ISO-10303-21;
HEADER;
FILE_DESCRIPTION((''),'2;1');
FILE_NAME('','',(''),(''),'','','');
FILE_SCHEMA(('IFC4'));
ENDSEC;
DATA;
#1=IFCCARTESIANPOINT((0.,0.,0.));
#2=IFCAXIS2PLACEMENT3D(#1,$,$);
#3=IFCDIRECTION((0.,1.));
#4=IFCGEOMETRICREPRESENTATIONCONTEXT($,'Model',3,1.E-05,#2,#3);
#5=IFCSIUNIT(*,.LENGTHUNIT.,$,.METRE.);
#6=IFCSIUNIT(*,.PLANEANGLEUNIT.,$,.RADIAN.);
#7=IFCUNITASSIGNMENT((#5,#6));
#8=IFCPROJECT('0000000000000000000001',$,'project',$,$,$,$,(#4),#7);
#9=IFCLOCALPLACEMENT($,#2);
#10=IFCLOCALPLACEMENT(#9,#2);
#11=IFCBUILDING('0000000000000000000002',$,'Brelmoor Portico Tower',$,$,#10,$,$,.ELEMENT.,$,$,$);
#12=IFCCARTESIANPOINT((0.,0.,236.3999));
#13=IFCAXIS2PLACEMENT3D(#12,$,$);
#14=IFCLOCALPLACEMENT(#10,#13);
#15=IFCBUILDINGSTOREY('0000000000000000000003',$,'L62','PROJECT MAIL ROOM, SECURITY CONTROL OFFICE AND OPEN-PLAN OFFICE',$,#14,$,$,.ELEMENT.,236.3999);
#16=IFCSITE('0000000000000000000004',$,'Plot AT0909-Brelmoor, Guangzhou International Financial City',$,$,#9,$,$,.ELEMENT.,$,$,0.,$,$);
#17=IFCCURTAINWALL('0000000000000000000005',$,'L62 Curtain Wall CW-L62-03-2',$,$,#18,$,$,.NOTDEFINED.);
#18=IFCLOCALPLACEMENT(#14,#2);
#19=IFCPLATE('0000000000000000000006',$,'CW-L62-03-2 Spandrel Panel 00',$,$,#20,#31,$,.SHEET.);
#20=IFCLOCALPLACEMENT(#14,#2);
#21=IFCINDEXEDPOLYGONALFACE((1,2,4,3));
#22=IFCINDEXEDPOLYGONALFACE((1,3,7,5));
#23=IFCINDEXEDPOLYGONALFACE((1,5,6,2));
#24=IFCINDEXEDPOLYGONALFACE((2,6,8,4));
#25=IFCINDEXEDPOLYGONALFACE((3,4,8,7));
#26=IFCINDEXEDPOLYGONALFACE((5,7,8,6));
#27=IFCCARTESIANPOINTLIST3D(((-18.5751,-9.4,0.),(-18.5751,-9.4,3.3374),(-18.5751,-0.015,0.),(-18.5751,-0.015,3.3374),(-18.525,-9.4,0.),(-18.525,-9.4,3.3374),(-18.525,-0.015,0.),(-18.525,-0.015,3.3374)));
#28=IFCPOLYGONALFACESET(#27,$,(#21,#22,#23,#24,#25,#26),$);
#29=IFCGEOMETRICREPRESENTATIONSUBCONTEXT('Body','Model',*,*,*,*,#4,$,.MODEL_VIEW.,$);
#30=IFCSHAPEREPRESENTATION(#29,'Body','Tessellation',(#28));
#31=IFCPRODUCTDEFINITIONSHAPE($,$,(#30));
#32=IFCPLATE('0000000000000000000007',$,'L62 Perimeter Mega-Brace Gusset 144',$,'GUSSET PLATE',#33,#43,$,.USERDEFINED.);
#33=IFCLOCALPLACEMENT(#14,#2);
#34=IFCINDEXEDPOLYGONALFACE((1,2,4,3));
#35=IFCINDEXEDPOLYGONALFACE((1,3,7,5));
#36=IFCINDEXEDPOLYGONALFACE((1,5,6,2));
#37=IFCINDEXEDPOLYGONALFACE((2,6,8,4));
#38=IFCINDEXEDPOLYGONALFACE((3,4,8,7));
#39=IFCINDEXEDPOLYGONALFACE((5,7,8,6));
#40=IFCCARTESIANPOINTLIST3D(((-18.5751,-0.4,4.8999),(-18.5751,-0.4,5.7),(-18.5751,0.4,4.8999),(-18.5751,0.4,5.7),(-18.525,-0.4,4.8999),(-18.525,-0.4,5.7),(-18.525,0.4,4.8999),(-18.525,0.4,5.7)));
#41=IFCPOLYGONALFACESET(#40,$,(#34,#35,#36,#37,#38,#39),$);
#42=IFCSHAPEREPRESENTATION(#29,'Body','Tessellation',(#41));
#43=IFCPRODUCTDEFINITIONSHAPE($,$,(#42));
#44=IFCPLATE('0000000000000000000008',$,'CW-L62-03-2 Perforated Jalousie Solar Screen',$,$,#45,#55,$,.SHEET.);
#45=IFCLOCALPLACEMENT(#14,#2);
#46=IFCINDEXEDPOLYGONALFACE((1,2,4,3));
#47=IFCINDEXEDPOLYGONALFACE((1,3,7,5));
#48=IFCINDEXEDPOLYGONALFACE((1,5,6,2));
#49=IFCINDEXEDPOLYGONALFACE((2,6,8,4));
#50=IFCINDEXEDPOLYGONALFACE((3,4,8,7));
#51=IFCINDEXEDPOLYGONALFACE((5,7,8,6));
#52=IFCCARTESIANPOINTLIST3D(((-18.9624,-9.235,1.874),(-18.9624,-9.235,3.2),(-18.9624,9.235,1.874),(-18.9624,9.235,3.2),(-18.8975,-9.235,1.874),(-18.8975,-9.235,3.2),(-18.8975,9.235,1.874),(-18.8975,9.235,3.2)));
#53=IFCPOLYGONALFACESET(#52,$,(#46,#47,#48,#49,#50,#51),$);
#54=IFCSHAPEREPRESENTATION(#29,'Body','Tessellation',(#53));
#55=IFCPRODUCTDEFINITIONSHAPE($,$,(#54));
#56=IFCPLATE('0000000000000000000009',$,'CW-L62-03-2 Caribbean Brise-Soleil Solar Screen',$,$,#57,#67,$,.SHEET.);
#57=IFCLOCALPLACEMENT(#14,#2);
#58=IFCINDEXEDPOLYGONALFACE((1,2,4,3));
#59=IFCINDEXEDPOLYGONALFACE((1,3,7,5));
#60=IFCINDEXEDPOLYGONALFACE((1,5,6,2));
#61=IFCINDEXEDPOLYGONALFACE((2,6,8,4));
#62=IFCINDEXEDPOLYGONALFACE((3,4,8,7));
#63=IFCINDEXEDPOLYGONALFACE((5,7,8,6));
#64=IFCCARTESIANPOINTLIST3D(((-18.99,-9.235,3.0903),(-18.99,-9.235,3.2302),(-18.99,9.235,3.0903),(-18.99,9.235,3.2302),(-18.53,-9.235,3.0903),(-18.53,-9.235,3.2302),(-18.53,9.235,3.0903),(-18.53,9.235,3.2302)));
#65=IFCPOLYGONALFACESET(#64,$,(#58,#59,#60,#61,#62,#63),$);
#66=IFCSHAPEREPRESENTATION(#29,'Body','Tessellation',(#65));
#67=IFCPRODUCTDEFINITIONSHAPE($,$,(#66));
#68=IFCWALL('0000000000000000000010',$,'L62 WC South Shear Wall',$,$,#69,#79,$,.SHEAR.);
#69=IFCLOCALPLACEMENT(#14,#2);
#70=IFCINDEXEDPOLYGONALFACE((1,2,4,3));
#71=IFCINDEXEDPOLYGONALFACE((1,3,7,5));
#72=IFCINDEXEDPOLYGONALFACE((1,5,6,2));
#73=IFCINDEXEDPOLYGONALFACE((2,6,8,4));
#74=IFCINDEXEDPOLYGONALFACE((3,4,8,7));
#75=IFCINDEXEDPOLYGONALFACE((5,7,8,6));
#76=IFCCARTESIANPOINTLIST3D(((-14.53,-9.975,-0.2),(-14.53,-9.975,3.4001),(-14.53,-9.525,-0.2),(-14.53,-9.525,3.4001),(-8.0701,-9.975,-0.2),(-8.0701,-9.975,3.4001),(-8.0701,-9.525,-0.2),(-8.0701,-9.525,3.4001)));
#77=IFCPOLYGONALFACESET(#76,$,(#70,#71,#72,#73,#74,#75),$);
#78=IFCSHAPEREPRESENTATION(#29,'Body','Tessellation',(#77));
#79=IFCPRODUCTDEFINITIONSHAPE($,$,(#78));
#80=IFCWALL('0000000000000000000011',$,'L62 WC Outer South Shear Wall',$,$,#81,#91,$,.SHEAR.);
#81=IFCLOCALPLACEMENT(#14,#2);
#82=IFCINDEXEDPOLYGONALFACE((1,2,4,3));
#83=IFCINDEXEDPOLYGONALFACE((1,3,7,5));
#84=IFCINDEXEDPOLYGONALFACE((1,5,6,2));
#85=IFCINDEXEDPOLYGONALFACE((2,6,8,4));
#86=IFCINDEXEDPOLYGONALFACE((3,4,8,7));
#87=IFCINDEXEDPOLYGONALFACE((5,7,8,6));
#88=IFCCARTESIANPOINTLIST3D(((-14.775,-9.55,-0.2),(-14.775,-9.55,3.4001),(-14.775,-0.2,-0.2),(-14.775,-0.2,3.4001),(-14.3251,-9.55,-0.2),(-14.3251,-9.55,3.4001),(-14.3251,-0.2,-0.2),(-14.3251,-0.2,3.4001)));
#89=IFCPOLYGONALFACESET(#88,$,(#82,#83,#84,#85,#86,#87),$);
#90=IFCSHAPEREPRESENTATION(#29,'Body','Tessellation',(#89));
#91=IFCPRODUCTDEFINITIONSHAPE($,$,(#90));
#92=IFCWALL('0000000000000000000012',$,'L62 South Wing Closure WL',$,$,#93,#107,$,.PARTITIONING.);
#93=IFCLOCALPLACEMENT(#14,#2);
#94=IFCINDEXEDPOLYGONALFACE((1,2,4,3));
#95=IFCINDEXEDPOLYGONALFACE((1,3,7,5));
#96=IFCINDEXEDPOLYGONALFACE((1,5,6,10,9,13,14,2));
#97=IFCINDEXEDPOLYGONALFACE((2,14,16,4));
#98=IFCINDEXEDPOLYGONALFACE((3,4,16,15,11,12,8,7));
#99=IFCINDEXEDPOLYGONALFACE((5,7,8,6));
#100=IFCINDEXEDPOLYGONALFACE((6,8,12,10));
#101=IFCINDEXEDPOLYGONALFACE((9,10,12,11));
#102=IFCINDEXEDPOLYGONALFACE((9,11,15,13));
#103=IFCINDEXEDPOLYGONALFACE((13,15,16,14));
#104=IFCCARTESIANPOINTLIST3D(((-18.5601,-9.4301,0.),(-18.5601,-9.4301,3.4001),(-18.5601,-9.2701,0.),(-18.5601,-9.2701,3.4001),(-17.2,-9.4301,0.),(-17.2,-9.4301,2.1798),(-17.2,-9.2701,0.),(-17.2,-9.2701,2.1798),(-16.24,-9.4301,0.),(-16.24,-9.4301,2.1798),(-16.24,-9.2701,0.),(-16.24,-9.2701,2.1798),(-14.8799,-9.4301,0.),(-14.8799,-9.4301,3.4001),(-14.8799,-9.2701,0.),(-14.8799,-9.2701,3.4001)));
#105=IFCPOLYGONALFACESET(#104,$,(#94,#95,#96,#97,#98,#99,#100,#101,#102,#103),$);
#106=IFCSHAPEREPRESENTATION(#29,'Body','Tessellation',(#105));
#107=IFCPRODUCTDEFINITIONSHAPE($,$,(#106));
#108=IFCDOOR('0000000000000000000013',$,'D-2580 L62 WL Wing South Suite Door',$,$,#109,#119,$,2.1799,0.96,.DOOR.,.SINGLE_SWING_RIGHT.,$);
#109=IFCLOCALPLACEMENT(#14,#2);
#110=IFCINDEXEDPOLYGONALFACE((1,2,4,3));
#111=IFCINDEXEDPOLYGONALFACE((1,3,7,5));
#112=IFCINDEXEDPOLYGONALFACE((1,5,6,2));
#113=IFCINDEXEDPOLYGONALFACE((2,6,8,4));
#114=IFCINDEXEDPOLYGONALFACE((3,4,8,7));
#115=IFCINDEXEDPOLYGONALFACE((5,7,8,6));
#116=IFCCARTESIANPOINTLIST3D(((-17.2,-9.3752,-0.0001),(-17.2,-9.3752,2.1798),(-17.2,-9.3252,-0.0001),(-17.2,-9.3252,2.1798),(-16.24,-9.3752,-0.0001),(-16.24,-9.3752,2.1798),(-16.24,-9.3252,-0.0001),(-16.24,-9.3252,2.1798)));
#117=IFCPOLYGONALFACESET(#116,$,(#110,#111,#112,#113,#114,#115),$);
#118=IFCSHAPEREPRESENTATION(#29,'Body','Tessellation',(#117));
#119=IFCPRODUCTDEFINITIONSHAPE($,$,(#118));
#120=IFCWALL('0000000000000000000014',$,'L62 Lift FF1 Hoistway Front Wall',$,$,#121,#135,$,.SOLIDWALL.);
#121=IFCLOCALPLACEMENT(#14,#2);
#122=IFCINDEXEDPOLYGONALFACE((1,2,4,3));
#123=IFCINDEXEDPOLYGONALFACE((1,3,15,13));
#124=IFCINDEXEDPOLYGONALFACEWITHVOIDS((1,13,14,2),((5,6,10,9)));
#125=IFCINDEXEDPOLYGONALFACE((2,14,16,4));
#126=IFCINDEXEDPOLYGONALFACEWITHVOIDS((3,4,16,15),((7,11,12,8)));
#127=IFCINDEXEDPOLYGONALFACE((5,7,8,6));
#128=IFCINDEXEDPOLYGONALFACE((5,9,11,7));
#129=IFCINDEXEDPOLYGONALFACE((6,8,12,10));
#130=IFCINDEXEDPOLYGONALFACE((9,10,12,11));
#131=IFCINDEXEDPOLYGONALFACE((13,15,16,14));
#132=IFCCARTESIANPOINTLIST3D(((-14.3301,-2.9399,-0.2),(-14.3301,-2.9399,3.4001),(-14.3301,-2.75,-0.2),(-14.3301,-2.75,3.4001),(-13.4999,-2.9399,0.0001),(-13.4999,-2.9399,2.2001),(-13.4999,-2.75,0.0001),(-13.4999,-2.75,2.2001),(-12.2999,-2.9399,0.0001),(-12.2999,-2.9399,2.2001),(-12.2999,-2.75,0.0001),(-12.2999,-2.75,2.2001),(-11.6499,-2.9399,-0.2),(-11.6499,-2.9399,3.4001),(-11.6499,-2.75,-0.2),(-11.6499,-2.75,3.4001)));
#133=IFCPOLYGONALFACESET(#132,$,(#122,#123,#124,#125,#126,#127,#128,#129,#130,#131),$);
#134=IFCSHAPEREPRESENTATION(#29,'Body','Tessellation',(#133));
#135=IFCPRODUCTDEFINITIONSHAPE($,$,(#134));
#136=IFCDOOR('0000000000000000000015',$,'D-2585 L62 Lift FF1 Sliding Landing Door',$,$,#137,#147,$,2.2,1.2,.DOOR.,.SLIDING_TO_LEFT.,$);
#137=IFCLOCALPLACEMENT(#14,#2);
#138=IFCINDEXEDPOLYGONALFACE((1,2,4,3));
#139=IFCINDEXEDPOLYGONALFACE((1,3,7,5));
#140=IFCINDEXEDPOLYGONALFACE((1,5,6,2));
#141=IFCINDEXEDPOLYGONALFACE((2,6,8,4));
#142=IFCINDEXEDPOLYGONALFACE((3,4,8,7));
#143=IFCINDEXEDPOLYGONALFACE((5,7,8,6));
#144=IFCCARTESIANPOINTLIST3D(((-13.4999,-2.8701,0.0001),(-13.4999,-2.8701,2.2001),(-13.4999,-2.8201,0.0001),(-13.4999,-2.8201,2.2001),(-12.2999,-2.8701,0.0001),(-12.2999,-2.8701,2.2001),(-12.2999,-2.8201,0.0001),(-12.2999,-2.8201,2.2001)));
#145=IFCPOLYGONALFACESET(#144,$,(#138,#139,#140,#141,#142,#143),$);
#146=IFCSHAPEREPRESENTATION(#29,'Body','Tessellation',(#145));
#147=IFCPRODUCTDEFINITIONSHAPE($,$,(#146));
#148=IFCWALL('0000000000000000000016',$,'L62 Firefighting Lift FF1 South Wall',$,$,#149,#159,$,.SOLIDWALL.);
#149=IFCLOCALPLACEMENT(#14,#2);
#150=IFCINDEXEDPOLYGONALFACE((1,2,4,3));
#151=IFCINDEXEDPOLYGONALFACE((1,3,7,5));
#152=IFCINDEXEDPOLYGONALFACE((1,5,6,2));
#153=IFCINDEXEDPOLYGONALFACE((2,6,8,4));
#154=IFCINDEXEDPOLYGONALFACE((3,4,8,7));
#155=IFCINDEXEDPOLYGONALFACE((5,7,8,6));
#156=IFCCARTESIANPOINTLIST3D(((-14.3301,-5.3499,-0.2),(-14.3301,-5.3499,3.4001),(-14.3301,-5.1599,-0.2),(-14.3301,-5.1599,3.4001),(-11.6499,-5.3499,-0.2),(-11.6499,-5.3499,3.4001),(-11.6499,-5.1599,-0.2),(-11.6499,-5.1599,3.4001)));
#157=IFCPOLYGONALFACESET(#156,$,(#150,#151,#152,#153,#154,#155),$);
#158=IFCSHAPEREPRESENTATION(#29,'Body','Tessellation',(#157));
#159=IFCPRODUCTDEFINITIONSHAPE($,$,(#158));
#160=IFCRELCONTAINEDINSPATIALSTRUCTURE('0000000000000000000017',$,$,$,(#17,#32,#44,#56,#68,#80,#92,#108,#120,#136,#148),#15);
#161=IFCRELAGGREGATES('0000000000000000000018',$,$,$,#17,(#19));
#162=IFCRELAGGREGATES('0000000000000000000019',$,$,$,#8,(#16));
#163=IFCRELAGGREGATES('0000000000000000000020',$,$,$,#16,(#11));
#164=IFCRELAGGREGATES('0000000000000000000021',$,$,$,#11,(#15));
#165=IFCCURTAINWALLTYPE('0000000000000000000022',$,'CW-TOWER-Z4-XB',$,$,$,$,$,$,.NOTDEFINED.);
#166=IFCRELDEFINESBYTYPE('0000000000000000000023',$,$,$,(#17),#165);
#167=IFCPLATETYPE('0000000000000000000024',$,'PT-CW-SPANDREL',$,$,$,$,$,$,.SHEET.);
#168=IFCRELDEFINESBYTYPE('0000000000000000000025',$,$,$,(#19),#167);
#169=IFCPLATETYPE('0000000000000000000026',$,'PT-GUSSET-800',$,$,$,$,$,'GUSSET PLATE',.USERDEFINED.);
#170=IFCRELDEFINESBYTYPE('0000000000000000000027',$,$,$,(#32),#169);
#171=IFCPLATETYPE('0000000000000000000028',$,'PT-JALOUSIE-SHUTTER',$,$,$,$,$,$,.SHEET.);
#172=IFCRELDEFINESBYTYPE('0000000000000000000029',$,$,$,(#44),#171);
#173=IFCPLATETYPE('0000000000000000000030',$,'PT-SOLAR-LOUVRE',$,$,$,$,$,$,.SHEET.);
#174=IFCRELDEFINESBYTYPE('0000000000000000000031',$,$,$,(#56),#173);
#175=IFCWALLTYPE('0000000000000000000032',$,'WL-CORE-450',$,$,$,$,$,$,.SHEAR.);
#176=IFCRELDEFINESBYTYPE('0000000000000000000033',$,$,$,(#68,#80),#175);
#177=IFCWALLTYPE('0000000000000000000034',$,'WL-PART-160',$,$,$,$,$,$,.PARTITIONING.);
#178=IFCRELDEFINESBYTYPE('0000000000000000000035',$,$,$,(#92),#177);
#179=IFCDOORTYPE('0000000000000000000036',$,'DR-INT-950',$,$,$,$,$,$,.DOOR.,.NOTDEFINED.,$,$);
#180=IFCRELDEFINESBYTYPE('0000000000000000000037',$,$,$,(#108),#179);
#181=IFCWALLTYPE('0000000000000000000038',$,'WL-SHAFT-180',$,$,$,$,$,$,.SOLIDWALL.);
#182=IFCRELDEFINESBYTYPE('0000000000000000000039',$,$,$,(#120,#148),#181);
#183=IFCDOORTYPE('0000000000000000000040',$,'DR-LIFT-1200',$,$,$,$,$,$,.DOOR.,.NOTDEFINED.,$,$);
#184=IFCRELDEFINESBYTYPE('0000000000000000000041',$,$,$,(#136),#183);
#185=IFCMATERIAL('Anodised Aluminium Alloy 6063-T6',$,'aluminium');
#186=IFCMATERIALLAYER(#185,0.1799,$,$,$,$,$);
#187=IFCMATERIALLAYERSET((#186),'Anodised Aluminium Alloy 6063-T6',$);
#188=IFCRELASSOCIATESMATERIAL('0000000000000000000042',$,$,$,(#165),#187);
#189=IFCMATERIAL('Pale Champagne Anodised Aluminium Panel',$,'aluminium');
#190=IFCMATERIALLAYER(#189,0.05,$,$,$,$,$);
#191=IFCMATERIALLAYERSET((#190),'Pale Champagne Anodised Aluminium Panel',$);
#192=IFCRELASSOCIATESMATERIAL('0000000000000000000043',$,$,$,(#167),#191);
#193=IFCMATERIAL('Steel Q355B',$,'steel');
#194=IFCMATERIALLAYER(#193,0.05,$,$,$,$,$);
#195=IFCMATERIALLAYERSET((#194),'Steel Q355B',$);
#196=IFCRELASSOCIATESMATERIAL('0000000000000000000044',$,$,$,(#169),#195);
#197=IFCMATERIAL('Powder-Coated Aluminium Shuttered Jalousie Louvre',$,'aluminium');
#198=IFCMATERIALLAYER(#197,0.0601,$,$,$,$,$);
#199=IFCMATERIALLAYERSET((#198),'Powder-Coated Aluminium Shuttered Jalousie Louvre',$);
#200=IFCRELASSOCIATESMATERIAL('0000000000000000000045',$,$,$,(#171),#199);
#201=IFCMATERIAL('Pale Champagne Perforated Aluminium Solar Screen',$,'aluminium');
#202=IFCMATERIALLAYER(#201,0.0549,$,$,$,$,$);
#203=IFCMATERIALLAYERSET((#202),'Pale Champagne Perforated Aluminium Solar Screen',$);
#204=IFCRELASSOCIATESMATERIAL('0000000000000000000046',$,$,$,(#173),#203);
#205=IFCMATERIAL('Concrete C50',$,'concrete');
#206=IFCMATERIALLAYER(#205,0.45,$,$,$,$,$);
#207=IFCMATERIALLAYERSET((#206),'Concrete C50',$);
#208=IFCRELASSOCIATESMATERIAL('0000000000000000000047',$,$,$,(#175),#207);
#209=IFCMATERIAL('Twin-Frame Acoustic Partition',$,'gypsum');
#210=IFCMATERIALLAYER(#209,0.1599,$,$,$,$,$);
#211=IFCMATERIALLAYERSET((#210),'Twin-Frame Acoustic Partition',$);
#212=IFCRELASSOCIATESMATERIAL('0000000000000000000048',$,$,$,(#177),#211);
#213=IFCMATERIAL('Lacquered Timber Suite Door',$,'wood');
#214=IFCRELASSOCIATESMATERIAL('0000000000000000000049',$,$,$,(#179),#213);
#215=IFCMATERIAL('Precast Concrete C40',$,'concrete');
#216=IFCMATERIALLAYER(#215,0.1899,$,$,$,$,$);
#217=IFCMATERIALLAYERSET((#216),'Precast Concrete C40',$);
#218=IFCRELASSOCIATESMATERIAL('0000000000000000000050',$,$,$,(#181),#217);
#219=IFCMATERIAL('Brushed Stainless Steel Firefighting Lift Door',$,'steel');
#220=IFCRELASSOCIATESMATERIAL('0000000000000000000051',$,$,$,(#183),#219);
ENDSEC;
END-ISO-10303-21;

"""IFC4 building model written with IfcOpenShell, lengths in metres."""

from ifc_helpers import new_model, si_unit, direction, frame, frame_2d, origin, origin_2d, place, context, subcontext, project, spatial, rectangle, extrude, material, layer, layer_set, type_object, element, fill, aggregate, save


model = new_model("IFC4")

# Units and contexts
model_context = context("Model", 3, precision=1e-05, world=origin(), true_north=direction((0.0, 1.0)))
body_context = subcontext(model_context, "Body", "Model", "MODEL_VIEW")
ifc_project = project(units=[si_unit("LENGTHUNIT", "METRE"), si_unit("PLANEANGLEUNIT", "RADIAN")], contexts=[model_context])

# Site, building, storey
site_placement = place(None, origin())
site = spatial("IfcSite", under=ifc_project, at=site_placement, Name="Plot AT0909-Brelmoor, Guangzhou International Financial City", CompositionType="ELEMENT", RefElevation=0.0)
building_placement = place(site_placement, origin())
building = spatial("IfcBuilding", under=site, at=building_placement, Name="Brelmoor Portico Tower", CompositionType="ELEMENT")
storey_placement = place(building_placement, frame((0.0, 0.0, 236.3999)))
storey = spatial("IfcBuildingStorey", under=building, at=storey_placement, Name="L62", Description="PROJECT MAIL ROOM, SECURITY CONTROL OFFICE AND OPEN-PLAN OFFICE", CompositionType="ELEMENT", Elevation=236.3999)

# Shared definitions
ifc_material_1 = material(Name="Steel Q355B", Category="steel")

# Curtain wall
ifc_material_2 = material(Name="Anodised Aluminium Alloy 6063-T6", Category="aluminium")
ifc_layer_1 = layer(ifc_material_2, 0.1799)
ifc_layer_set_1 = layer_set([ifc_layer_1], Name="Anodised Aluminium Alloy 6063-T6")
curtain_wall_type = type_object("IfcCurtainWallType", Name="CW-TOWER-Z4-XB", PredefinedType="NOTDEFINED", material=ifc_layer_set_1)
curtain_wall_placement = place(storey_placement, origin())
curtain_wall = element("IfcCurtainWall", 1, at=curtain_wall_placement, inside=storey, type_object=curtain_wall_type, Name="L62 Curtain Wall CW-L62-03-2", PredefinedType="NOTDEFINED")

# Plate
ifc_material_3 = material(Name="Pale Champagne Anodised Aluminium Panel", Category="aluminium")
ifc_layer_2 = layer(ifc_material_3, 0.05)
ifc_layer_set_2 = layer_set([ifc_layer_2], Name="Pale Champagne Anodised Aluminium Panel")
plate_type_1 = type_object("IfcPlateType", Name="PT-CW-SPANDREL", PredefinedType="SHEET", material=ifc_layer_set_2)
plate_1_placement = place(storey_placement, frame((-18.55, -4.7075, 0.0), z_axis=(0.0, 0.0, 1.0), x_axis=(0.0, 1.0, 0.0)))
plate_1 = element("IfcPlate", 2, at=plate_1_placement, type_object=plate_type_1, Name="CW-L62-03-2 Spandrel Panel 00", PredefinedType="SHEET", context=body_context, shape_type="SweptSolid", body=[
    extrude(rectangle(XDim=9.385, YDim=0.05, at=origin_2d()), origin(), (0.0, 0.0, 1.0), 3.3374),
])
aggregate(curtain_wall, [plate_1])

# Plates
ifc_layer_3 = layer(ifc_material_1, 0.05)
ifc_layer_set_3 = layer_set([ifc_layer_3], Name="Steel Q355B")
plate_type_2 = type_object("IfcPlateType", Name="PT-GUSSET-800", ElementType="GUSSET PLATE", PredefinedType="USERDEFINED", material=ifc_layer_set_3)
plate_2_placement = place(storey_placement, frame((-18.55, 0.0, 4.8999), z_axis=(0.0, 0.0, 1.0), x_axis=(1.0, 0.0, 0.0)))
element("IfcPlate", 3, at=plate_2_placement, inside=storey, type_object=plate_type_2, Name="L62 Perimeter Mega-Brace Gusset 144", ObjectType="GUSSET PLATE", PredefinedType="USERDEFINED", context=body_context, shape_type="SweptSolid", body=[
    extrude(rectangle(XDim=0.05, YDim=0.8, at=origin_2d()), origin(), (0.0, 0.0, 1.0), 0.8),
])
ifc_material_4 = material(Name="Powder-Coated Aluminium Shuttered Jalousie Louvre", Category="aluminium")
ifc_layer_4 = layer(ifc_material_4, 0.0601)
ifc_layer_set_4 = layer_set([ifc_layer_4], Name="Powder-Coated Aluminium Shuttered Jalousie Louvre")
plate_type_3 = type_object("IfcPlateType", Name="PT-JALOUSIE-SHUTTER", PredefinedType="SHEET", material=ifc_layer_set_4)
plate_3_placement = place(storey_placement, frame((-18.9299, 0.0, 1.874), z_axis=(0.0, 0.0, 1.0), x_axis=(0.0, 1.0, 0.0)))
element("IfcPlate", 4, at=plate_3_placement, inside=storey, type_object=plate_type_3, Name="CW-L62-03-2 Perforated Jalousie Solar Screen", PredefinedType="SHEET", context=body_context, shape_type="SweptSolid", body=[
    extrude(rectangle(XDim=18.47, YDim=0.0649, at=origin_2d()), origin(), (0.0, 0.0, 1.0), 1.3259),
])
ifc_material_5 = material(Name="Pale Champagne Perforated Aluminium Solar Screen", Category="aluminium")
ifc_layer_5 = layer(ifc_material_5, 0.0549)
ifc_layer_set_5 = layer_set([ifc_layer_5], Name="Pale Champagne Perforated Aluminium Solar Screen")
plate_type_4 = type_object("IfcPlateType", Name="PT-SOLAR-LOUVRE", PredefinedType="SHEET", material=ifc_layer_set_5)
plate_4_placement = place(storey_placement, frame((-18.76, 0.0, 3.0903), z_axis=(0.0, 0.0, 1.0), x_axis=(0.0, 1.0, 0.0)))
element("IfcPlate", 5, at=plate_4_placement, inside=storey, type_object=plate_type_4, Name="CW-L62-03-2 Caribbean Brise-Soleil Solar Screen", PredefinedType="SHEET", context=body_context, shape_type="SweptSolid", body=[
    extrude(rectangle(XDim=18.47, YDim=0.46, at=origin_2d()), origin(), (0.0, 0.0, 1.0), 0.1399),
])

# Walls
ifc_material_6 = material(Name="Concrete C50", Category="concrete")
ifc_layer_6 = layer(ifc_material_6, 0.45)
ifc_layer_set_6 = layer_set([ifc_layer_6], Name="Concrete C50")
wall_type_1 = type_object("IfcWallType", Name="WL-CORE-450", PredefinedType="SHEAR", material=ifc_layer_set_6)
wall_1_placement = place(storey_placement, frame((-14.53, -9.75, -0.2), z_axis=(0.0, 0.0, 1.0), x_axis=(1.0, 0.0, 0.0)))
element("IfcWall", 6, at=wall_1_placement, inside=storey, type_object=wall_type_1, Name="L62 WC South Shear Wall", PredefinedType="SHEAR", context=body_context, shape_type="SweptSolid", body=[
    extrude(rectangle(XDim=6.46, YDim=0.45, at=frame_2d((3.23, 0.0))), origin(), (0.0, 0.0, 1.0), 3.6001),
])
wall_2_placement = place(storey_placement, frame((-14.55, -9.55, -0.2), z_axis=(0.0, 0.0, 1.0), x_axis=(0.0, 1.0, 0.0)))
element("IfcWall", 7, at=wall_2_placement, inside=storey, type_object=wall_type_1, Name="L62 WC Outer South Shear Wall", PredefinedType="SHEAR", context=body_context, shape_type="SweptSolid", body=[
    extrude(rectangle(XDim=9.3501, YDim=0.45, at=frame_2d((4.675, 0.0))), origin(), (0.0, 0.0, 1.0), 3.6001),
])

# Walls, openings, doors
ifc_material_7 = material(Name="Twin-Frame Acoustic Partition", Category="gypsum")
ifc_layer_7 = layer(ifc_material_7, 0.1599)
ifc_layer_set_7 = layer_set([ifc_layer_7], Name="Twin-Frame Acoustic Partition")
wall_type_2 = type_object("IfcWallType", Name="WL-PART-160", PredefinedType="PARTITIONING", material=ifc_layer_set_7)
wall_3_placement = place(storey_placement, frame((-18.5601, -9.3501, 0.0), z_axis=(0.0, 0.0, 1.0), x_axis=(1.0, 0.0, 0.0)))
wall_3 = element("IfcWall", 8, at=wall_3_placement, inside=storey, type_object=wall_type_2, Name="L62 South Wing Closure WL", PredefinedType="PARTITIONING", context=body_context, shape_type="SweptSolid", body=[
    extrude(rectangle(XDim=3.6802, YDim=0.1599, at=frame_2d((1.8401, 0.0))), origin(), (0.0, 0.0, 1.0), 3.4001),
])
opening_1_placement = place(wall_3_placement, frame((1.3601, 0.0, 0.0)))
opening_1 = element("IfcOpeningElement", 9, at=opening_1_placement, cuts=wall_3, PredefinedType="OPENING", context=body_context, shape_type="SweptSolid", body=[
    extrude(rectangle(XDim=0.96, YDim=2.1799, at=frame_2d((0.48, 1.0898))), frame((0.0, 0.0898, 0.0), z_axis=(0.0, -1.0, 0.0), x_axis=(1.0, 0.0, 0.0)), (0.0, 0.0, 1.0), 0.1799),
])
ifc_material_8 = material(Name="Lacquered Timber Suite Door", Category="wood")
door_type_1 = type_object("IfcDoorType", Name="DR-INT-950", OperationType="NOTDEFINED", PredefinedType="DOOR", material=ifc_material_8)
door_1_placement = place(opening_1_placement, origin())
door_1 = element("IfcDoor", 10, at=door_1_placement, inside=storey, type_object=door_type_1, Name="D-2580 L62 WL Wing South Suite Door", OperationType="SINGLE_SWING_RIGHT", OverallHeight=2.1799, OverallWidth=0.96, PredefinedType="DOOR", context=body_context, shape_type="SweptSolid", body=[
    extrude(rectangle(XDim=0.96, YDim=2.1799, at=frame_2d((0.48, 1.0898))), frame((0.0, 0.0249, 0.0), z_axis=(0.0, -1.0, 0.0), x_axis=(1.0, 0.0, 0.0)), (0.0, 0.0, 1.0), 0.05),
])
fill(opening_1, door_1)
ifc_material_9 = material(Name="Precast Concrete C40", Category="concrete")
ifc_layer_8 = layer(ifc_material_9, 0.1899)
ifc_layer_set_8 = layer_set([ifc_layer_8], Name="Precast Concrete C40")
wall_type_3 = type_object("IfcWallType", Name="WL-SHAFT-180", PredefinedType="SOLIDWALL", material=ifc_layer_set_8)
wall_4_placement = place(storey_placement, frame((-14.3301, -2.845, -0.2), z_axis=(0.0, 0.0, 1.0), x_axis=(1.0, 0.0, 0.0)))
wall_4 = element("IfcWall", 11, at=wall_4_placement, inside=storey, type_object=wall_type_3, Name="L62 Lift FF1 Hoistway Front Wall", PredefinedType="SOLIDWALL", context=body_context, shape_type="SweptSolid", body=[
    extrude(rectangle(XDim=2.6802, YDim=0.1899, at=frame_2d((1.3401, 0.0))), origin(), (0.0, 0.0, 1.0), 3.6001),
])
opening_2_placement = place(wall_4_placement, frame((0.8301, 0.0, 0.2)))
opening_2 = element("IfcOpeningElement", 12, at=opening_2_placement, cuts=wall_4, PredefinedType="OPENING", context=body_context, shape_type="SweptSolid", body=[
    extrude(rectangle(XDim=1.2, YDim=2.2, at=frame_2d((0.6001, 1.1001))), frame((0.0, 0.105, 0.0), z_axis=(0.0, -1.0, 0.0), x_axis=(1.0, 0.0, 0.0)), (0.0, 0.0, 1.0), 0.21),
])
ifc_material_10 = material(Name="Brushed Stainless Steel Firefighting Lift Door", Category="steel")
door_type_2 = type_object("IfcDoorType", Name="DR-LIFT-1200", OperationType="NOTDEFINED", PredefinedType="DOOR", material=ifc_material_10)
door_2_placement = place(opening_2_placement, origin())
door_2 = element("IfcDoor", 13, at=door_2_placement, inside=storey, type_object=door_type_2, Name="D-2585 L62 Lift FF1 Sliding Landing Door", OperationType="SLIDING_TO_LEFT", OverallHeight=2.2, OverallWidth=1.2, PredefinedType="DOOR", context=body_context, shape_type="SweptSolid", body=[
    extrude(rectangle(XDim=1.2, YDim=2.2, at=frame_2d((0.6001, 1.1001))), frame((0.0, 0.0249, 0.0), z_axis=(0.0, -1.0, 0.0), x_axis=(1.0, 0.0, 0.0)), (0.0, 0.0, 1.0), 0.05),
])
fill(opening_2, door_2)

# Wall
wall_5_placement = place(storey_placement, frame((-14.3301, -5.2549, -0.2), z_axis=(0.0, 0.0, 1.0), x_axis=(1.0, 0.0, 0.0)))
element("IfcWall", 14, at=wall_5_placement, inside=storey, type_object=wall_type_3, Name="L62 Firefighting Lift FF1 South Wall", PredefinedType="SOLIDWALL", context=body_context, shape_type="SweptSolid", body=[
    extrude(rectangle(XDim=2.6802, YDim=0.1899, at=frame_2d((1.3401, 0.0))), origin(), (0.0, 0.0, 1.0), 3.6001),
])

save(model, "model.ifc")
